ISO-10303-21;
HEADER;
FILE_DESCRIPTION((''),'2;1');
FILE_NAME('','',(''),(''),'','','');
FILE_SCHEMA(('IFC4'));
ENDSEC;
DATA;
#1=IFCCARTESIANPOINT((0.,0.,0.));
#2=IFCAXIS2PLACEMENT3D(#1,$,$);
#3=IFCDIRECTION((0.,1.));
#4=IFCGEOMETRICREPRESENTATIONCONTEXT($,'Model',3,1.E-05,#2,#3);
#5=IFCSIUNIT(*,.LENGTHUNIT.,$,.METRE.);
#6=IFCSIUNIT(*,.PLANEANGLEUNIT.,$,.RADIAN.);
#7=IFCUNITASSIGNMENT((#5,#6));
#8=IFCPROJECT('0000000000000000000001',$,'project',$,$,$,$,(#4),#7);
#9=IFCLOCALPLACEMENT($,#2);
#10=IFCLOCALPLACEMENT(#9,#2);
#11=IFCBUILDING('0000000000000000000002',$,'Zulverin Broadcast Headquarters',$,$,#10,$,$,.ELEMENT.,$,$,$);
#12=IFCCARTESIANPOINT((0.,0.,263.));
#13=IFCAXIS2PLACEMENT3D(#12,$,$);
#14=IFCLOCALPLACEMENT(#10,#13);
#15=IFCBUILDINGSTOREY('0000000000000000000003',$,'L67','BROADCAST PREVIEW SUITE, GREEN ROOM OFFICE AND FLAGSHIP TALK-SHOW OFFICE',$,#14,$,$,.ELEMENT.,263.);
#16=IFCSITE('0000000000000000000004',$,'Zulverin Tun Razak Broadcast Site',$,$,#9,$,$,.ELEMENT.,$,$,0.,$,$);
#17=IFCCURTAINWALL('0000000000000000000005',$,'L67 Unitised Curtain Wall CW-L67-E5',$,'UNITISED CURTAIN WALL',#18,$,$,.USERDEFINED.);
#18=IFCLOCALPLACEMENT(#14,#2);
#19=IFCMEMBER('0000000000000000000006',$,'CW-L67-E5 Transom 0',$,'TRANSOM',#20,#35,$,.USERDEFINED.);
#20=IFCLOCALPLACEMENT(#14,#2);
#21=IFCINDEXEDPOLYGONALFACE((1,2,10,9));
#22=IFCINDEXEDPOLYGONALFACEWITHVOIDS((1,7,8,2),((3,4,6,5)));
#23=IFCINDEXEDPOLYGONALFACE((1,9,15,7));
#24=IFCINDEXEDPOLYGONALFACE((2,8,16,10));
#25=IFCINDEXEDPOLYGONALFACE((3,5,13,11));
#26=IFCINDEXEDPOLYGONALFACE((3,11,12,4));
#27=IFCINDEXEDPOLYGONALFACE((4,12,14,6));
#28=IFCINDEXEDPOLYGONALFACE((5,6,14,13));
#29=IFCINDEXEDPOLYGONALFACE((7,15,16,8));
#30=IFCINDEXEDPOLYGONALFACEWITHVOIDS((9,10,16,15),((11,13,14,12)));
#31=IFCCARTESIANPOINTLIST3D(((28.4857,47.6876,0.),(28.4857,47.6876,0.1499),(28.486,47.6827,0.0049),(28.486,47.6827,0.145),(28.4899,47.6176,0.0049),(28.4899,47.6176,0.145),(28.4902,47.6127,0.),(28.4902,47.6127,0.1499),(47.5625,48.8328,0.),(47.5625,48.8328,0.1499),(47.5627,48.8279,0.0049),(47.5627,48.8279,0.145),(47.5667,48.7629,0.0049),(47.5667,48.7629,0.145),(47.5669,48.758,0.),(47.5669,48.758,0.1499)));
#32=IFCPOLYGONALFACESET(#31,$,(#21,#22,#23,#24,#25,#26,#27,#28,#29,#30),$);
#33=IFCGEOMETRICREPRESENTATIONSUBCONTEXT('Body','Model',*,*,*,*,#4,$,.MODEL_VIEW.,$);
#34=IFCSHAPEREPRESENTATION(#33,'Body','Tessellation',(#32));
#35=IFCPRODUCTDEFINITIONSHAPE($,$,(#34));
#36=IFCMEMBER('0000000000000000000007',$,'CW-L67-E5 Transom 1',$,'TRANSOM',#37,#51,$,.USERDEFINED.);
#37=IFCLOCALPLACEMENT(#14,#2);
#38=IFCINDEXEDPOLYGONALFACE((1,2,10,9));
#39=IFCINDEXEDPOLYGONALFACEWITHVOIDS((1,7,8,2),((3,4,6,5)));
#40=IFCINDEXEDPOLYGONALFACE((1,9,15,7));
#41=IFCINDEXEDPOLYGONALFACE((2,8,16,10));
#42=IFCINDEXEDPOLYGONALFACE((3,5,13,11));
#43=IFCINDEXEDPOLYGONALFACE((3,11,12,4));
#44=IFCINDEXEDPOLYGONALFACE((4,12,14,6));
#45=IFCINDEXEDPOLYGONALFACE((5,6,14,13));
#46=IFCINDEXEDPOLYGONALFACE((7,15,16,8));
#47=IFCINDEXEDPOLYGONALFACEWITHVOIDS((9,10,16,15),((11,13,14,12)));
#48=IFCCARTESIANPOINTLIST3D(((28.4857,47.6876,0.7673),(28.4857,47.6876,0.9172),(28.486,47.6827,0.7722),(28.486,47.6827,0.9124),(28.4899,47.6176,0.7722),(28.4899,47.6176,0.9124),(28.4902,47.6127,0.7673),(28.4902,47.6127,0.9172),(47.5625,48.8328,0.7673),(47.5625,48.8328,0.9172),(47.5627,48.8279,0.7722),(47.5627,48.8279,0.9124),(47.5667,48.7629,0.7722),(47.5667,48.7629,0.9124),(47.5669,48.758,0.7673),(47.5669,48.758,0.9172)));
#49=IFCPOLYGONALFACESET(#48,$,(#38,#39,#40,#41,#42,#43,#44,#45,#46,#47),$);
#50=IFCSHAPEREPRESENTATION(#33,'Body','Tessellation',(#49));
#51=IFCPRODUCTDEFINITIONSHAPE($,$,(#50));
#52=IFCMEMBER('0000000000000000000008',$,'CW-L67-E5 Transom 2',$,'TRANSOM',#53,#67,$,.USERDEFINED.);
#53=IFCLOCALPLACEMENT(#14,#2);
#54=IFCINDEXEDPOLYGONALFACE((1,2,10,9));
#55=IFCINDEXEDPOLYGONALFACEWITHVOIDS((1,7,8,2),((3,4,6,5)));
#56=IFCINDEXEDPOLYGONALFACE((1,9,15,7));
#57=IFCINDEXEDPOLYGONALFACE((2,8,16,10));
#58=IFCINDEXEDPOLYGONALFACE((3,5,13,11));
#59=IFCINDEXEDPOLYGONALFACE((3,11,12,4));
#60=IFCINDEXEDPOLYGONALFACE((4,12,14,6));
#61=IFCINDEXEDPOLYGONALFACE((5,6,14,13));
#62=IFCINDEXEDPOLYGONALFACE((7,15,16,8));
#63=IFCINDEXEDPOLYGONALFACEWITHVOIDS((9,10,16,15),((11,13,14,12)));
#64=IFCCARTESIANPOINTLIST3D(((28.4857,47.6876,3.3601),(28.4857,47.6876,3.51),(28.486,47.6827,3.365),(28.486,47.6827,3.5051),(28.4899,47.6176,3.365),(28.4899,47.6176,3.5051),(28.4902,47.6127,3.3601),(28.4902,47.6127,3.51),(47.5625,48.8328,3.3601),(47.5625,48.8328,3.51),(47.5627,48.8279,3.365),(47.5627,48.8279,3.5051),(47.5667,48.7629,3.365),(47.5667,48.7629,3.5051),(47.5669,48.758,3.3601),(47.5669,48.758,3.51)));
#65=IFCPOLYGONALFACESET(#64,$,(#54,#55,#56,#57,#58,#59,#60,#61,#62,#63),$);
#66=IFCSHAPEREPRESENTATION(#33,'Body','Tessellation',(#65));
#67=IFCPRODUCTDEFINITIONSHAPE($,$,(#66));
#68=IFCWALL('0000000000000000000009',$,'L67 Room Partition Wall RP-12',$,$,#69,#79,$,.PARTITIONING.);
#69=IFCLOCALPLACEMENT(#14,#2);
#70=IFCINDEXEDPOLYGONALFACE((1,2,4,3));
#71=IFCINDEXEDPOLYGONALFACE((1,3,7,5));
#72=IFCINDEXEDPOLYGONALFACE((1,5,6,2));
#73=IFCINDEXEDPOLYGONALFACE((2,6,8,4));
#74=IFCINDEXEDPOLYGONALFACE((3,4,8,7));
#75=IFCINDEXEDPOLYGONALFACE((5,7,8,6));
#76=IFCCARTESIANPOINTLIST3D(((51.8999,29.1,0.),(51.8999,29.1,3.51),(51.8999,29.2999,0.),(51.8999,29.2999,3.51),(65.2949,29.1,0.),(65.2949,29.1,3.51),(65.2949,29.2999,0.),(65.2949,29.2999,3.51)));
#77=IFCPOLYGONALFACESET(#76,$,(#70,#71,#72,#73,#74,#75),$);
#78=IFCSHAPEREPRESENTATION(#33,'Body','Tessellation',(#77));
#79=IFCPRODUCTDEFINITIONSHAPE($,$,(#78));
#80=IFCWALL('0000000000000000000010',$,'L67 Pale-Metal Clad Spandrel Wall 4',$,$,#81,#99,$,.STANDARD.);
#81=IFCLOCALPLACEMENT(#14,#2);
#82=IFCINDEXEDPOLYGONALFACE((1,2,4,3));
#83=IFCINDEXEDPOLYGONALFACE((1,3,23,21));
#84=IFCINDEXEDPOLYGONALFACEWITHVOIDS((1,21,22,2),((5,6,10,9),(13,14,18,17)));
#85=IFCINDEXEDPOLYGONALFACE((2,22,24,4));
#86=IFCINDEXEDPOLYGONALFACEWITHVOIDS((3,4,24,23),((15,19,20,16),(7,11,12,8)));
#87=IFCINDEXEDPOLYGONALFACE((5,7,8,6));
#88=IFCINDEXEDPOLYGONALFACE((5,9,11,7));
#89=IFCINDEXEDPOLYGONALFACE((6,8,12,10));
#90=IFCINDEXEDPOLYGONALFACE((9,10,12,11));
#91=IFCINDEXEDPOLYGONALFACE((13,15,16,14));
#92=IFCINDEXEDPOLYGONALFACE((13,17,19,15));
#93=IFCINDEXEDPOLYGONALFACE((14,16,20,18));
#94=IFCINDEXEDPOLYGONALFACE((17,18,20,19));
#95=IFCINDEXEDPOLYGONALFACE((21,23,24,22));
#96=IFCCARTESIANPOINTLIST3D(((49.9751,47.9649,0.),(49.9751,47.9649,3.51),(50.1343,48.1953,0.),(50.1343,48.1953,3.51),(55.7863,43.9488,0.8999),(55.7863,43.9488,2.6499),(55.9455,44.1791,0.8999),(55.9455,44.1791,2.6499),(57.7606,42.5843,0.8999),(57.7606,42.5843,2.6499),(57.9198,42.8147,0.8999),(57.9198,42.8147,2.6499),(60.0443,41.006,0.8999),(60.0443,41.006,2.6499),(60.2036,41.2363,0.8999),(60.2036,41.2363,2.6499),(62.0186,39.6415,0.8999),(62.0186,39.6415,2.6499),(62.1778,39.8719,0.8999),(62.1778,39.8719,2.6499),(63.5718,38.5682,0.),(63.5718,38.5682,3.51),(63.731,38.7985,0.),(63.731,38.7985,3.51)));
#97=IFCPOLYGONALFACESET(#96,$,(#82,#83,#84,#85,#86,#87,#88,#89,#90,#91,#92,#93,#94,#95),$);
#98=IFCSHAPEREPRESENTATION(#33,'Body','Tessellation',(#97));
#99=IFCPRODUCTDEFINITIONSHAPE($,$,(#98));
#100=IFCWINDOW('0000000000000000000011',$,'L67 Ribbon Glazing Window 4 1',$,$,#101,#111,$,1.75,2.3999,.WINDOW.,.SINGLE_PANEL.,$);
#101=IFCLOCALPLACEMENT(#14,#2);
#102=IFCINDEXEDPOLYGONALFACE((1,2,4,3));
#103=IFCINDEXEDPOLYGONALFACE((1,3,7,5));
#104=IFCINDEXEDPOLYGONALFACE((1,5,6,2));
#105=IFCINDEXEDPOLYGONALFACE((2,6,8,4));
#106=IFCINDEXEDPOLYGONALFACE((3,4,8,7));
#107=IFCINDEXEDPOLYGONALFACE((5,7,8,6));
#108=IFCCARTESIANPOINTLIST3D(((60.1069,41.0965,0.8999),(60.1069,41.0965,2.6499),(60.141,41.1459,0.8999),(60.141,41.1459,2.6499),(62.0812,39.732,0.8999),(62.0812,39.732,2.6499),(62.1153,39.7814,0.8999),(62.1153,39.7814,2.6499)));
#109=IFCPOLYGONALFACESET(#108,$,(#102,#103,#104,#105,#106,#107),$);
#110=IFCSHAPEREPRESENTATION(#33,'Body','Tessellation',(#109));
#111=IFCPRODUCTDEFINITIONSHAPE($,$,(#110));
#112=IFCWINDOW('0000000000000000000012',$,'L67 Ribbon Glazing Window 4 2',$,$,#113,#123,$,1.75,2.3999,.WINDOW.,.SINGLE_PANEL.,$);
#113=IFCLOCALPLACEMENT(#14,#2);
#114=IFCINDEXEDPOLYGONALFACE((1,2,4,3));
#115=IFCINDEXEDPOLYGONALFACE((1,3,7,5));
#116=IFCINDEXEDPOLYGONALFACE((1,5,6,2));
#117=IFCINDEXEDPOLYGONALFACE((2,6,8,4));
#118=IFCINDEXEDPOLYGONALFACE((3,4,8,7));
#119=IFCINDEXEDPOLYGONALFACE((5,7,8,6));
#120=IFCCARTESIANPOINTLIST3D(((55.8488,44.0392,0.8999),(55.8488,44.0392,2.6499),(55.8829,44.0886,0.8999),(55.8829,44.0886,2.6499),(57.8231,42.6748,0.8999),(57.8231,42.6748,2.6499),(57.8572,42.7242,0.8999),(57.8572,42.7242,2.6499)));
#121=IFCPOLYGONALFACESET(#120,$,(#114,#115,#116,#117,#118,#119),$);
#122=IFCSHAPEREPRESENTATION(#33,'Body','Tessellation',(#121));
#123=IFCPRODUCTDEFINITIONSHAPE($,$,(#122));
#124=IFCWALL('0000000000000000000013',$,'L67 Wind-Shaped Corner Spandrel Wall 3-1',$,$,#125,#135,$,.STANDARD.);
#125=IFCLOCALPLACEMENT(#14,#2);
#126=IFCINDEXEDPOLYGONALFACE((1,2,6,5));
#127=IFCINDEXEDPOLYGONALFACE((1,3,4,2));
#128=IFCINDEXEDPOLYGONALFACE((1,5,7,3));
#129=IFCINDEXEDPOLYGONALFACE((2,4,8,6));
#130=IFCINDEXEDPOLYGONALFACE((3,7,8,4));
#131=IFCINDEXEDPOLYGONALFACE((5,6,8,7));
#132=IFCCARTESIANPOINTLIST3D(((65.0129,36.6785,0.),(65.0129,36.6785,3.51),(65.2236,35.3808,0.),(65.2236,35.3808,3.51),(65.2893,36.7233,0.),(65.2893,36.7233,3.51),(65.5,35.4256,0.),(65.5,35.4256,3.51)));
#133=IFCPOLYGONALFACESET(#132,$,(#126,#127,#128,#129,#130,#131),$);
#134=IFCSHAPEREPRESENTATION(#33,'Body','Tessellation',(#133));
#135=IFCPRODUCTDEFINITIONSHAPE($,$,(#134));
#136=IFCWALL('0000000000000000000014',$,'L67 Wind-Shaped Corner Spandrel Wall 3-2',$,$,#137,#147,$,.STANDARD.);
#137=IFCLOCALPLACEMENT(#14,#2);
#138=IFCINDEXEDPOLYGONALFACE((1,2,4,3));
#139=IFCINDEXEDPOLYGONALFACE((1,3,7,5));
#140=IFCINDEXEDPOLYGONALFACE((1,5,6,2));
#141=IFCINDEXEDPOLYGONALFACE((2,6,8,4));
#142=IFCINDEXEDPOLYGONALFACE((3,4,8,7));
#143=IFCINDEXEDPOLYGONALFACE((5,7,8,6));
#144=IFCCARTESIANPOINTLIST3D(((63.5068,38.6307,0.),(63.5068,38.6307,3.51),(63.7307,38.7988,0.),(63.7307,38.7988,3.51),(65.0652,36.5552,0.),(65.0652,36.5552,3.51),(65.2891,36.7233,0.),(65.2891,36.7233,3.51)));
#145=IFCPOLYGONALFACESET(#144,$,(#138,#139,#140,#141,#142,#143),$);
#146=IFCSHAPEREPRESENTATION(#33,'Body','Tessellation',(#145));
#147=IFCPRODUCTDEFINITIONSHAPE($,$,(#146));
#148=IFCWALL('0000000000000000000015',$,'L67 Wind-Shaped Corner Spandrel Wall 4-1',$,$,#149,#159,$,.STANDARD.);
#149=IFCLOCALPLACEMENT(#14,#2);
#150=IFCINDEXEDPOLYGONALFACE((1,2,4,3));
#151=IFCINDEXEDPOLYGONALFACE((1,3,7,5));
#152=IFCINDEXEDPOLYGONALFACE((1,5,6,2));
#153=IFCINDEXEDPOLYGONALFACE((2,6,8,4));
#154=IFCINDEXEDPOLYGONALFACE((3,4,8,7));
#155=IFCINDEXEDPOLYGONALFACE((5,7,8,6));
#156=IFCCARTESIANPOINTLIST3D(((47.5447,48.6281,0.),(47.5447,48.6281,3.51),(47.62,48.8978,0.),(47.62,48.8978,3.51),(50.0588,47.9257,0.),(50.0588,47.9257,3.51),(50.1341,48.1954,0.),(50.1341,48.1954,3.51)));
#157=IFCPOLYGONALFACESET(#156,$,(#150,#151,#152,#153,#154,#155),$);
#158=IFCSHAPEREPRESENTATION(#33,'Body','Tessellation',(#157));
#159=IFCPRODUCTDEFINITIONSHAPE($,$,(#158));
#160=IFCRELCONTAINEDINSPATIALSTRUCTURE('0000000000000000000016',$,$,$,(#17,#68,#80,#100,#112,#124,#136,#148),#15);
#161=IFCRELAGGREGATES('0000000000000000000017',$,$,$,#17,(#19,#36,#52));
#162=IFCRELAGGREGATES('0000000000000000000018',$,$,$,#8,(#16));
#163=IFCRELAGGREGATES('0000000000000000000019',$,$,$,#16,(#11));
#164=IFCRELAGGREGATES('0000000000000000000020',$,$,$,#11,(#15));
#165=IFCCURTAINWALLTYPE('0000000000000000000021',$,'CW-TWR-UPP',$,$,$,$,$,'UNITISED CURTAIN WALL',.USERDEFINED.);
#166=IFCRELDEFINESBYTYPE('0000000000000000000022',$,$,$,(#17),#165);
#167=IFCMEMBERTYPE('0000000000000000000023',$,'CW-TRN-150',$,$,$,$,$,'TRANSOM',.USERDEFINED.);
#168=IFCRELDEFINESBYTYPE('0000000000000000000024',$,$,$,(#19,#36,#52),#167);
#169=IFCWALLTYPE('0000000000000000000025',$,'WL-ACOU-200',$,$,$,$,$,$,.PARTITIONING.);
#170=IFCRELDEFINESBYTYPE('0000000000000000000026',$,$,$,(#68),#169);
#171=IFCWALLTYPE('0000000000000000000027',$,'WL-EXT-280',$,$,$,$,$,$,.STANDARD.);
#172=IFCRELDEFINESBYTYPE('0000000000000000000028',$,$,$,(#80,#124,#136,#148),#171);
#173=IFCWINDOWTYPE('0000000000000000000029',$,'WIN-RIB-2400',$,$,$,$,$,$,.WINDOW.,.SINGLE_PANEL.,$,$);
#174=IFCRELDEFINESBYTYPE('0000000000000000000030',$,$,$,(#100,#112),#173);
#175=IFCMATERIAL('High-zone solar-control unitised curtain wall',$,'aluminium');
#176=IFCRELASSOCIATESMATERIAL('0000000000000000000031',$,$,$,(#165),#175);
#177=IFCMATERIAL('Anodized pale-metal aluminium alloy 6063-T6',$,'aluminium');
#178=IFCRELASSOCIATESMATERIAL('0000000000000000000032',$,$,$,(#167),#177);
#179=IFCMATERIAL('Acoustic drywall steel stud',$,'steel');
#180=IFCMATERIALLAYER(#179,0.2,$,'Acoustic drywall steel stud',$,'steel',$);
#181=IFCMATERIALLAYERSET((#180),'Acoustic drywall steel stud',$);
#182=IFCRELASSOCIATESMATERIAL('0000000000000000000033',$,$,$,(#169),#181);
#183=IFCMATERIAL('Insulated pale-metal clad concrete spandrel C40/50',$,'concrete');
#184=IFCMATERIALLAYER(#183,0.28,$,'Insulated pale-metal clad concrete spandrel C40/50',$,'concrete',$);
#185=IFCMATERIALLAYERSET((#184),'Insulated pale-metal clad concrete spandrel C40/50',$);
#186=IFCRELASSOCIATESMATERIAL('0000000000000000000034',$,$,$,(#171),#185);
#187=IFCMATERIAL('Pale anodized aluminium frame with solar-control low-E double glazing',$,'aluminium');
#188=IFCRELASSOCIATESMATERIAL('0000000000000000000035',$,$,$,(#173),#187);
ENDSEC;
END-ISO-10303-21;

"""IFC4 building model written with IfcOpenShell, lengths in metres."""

from ifc_helpers import new_model, si_unit, direction, frame, frame_2d, origin, origin_2d, place, context, subcontext, project, spatial, rectangle, hollow_rectangle, extrude, material, layer, layer_set, material_profile, profile_set, type_object, element, fill, aggregate, save


model = new_model("IFC4")

# Units and contexts
model_context = context("Model", 3, precision=1e-05, world=origin(), true_north=direction((0.0, 1.0)))
body_context = subcontext(model_context, "Body", "Model", "MODEL_VIEW")
ifc_project = project(units=[si_unit("LENGTHUNIT", "METRE"), si_unit("PLANEANGLEUNIT", "RADIAN")], contexts=[model_context])

# Site, building, storey
site_placement = place(None, origin())
site = spatial("IfcSite", under=ifc_project, at=site_placement, Name="Zulverin Tun Razak Broadcast Site", CompositionType="ELEMENT", RefElevation=0.0)
building_placement = place(site_placement, origin())
building = spatial("IfcBuilding", under=site, at=building_placement, Name="Zulverin Broadcast Headquarters", CompositionType="ELEMENT")
storey_placement = place(building_placement, frame((0.0, 0.0, 263.0)))
storey = spatial("IfcBuildingStorey", under=building, at=storey_placement, Name="L67", Description="BROADCAST PREVIEW SUITE, GREEN ROOM OFFICE AND FLAGSHIP TALK-SHOW OFFICE", CompositionType="ELEMENT", Elevation=263.0)

# Curtain wall, members
ifc_material_1 = material(Name="High-zone solar-control unitised curtain wall", Category="aluminium")
curtain_wall_type = type_object("IfcCurtainWallType", Name="CW-TWR-UPP", ElementType="UNITISED CURTAIN WALL", PredefinedType="USERDEFINED", material=ifc_material_1)
curtain_wall_placement = place(storey_placement, origin())
curtain_wall = element("IfcCurtainWall", 1, at=curtain_wall_placement, inside=storey, type_object=curtain_wall_type, Name="L67 Unitised Curtain Wall CW-L67-E5", ObjectType="UNITISED CURTAIN WALL", PredefinedType="USERDEFINED")
ifc_material_2 = material(Name="Anodized pale-metal aluminium alloy 6063-T6", Category="aluminium")
ifc_material_profile_1 = material_profile(ifc_material_2, hollow_rectangle(XDim=0.075, YDim=0.1499, WallThickness=0.0049, at=origin_2d()), Name="Anodized pale-metal aluminium alloy 6063-T6", Category="aluminium")
ifc_profile_set_1 = profile_set([ifc_material_profile_1], Name="Anodized pale-metal aluminium alloy 6063-T6")
member_type_1 = type_object("IfcMemberType", Name="CW-TRN-150", ElementType="TRANSOM", PredefinedType="USERDEFINED", material=ifc_profile_set_1)
member_1_placement = place(storey_placement, frame((47.5647, 48.7954, 0.075), z_axis=(-0.998203, -0.059927, 0.0), x_axis=(0.059927, -0.998203, 0.0)))
member_1 = element("IfcMember", 2, at=member_1_placement, type_object=member_type_1, Name="CW-L67-E5 Transom 0", ObjectType="TRANSOM", PredefinedType="USERDEFINED", context=body_context, shape_type="SweptSolid", body=[
    extrude(hollow_rectangle(XDim=0.075, YDim=0.1499, WallThickness=0.0049, at=origin_2d()), origin(), (0.0, 0.0, 1.0), 19.1111),
])
member_2_placement = place(storey_placement, frame((47.5647, 48.7954, 0.8423), z_axis=(-0.998203, -0.059927, 0.0), x_axis=(0.059927, -0.998203, 0.0)))
member_2 = element("IfcMember", 3, at=member_2_placement, type_object=member_type_1, Name="CW-L67-E5 Transom 1", ObjectType="TRANSOM", PredefinedType="USERDEFINED", context=body_context, shape_type="SweptSolid", body=[
    extrude(hollow_rectangle(XDim=0.075, YDim=0.1499, WallThickness=0.0049, at=origin_2d()), origin(), (0.0, 0.0, 1.0), 19.1111),
])
member_3_placement = place(storey_placement, frame((47.5647, 48.7954, 3.4351), z_axis=(-0.998203, -0.059927, 0.0), x_axis=(0.059927, -0.998203, 0.0)))
member_3 = element("IfcMember", 4, at=member_3_placement, type_object=member_type_1, Name="CW-L67-E5 Transom 2", ObjectType="TRANSOM", PredefinedType="USERDEFINED", context=body_context, shape_type="SweptSolid", body=[
    extrude(hollow_rectangle(XDim=0.075, YDim=0.1499, WallThickness=0.0049, at=origin_2d()), origin(), (0.0, 0.0, 1.0), 19.1111),
])
aggregate(curtain_wall, [member_1, member_2, member_3])

# Wall
ifc_material_3 = material(Name="Acoustic drywall steel stud", Category="steel")
ifc_layer_1 = layer(ifc_material_3, 0.2, Name="Acoustic drywall steel stud", Category="steel")
ifc_layer_set_1 = layer_set([ifc_layer_1], Name="Acoustic drywall steel stud")
wall_type_1 = type_object("IfcWallType", Name="WL-ACOU-200", PredefinedType="PARTITIONING", material=ifc_layer_set_1)
wall_1_placement = place(storey_placement, frame((51.8999, 29.2, 0.0), z_axis=(0.0, 0.0, 1.0), x_axis=(1.0, 0.0, 0.0)))
element("IfcWall", 5, at=wall_1_placement, inside=storey, type_object=wall_type_1, Name="L67 Room Partition Wall RP-12", PredefinedType="PARTITIONING", context=body_context, shape_type="SweptSolid", body=[
    extrude(rectangle(XDim=13.395, YDim=0.2, at=frame_2d((6.6975, 0.0))), origin(), (0.0, 0.0, 1.0), 3.51),
])

# Wall, openings, windows
ifc_material_4 = material(Name="Insulated pale-metal clad concrete spandrel C40/50", Category="concrete")
ifc_layer_2 = layer(ifc_material_4, 0.28, Name="Insulated pale-metal clad concrete spandrel C40/50", Category="concrete")
ifc_layer_set_2 = layer_set([ifc_layer_2], Name="Insulated pale-metal clad concrete spandrel C40/50")
wall_type_2 = type_object("IfcWallType", Name="WL-EXT-280", PredefinedType="STANDARD", material=ifc_layer_set_2)
wall_2_placement = place(storey_placement, frame((63.6514, 38.6833, 0.0), z_axis=(0.0, 0.0, 1.0), x_axis=(-0.822655, 0.568541, 0.0)))
wall_2 = element("IfcWall", 6, at=wall_2_placement, inside=storey, type_object=wall_type_2, Name="L67 Pale-Metal Clad Spandrel Wall 4", PredefinedType="STANDARD", context=body_context, shape_type="SweptSolid", body=[
    extrude(rectangle(XDim=16.5278, YDim=0.28, at=frame_2d((8.2639, 0.0))), origin(), (0.0, 0.0, 1.0), 3.51),
])
opening_1_placement = place(wall_2_placement, frame((1.8879, 0.0, 0.8999)))
opening_1 = element("IfcOpeningElement", 7, at=opening_1_placement, cuts=wall_2, PredefinedType="OPENING", context=body_context, shape_type="SweptSolid", body=[
    extrude(rectangle(XDim=2.3999, YDim=1.75, at=frame_2d((1.2, 0.875))), frame((0.0, 0.1499, 0.0), z_axis=(0.0, -1.0, 0.0), x_axis=(1.0, 0.0, 0.0)), (0.0, 0.0, 1.0), 0.3),
])
opening_2_placement = place(wall_2_placement, frame((7.064, 0.0, 0.8999)))
opening_2 = element("IfcOpeningElement", 8, at=opening_2_placement, cuts=wall_2, PredefinedType="OPENING", context=body_context, shape_type="SweptSolid", body=[
    extrude(rectangle(XDim=2.3999, YDim=1.75, at=frame_2d((1.2, 0.875))), frame((0.0, 0.1499, 0.0), z_axis=(0.0, -1.0, 0.0), x_axis=(1.0, 0.0, 0.0)), (0.0, 0.0, 1.0), 0.3),
])
ifc_material_5 = material(Name="Pale anodized aluminium frame with solar-control low-E double glazing", Category="aluminium")
window_type = type_object("IfcWindowType", Name="WIN-RIB-2400", PartitioningType="SINGLE_PANEL", PredefinedType="WINDOW", material=ifc_material_5)
window_1_placement = place(opening_1_placement, origin())
window_1 = element("IfcWindow", 9, at=window_1_placement, inside=storey, type_object=window_type, Name="L67 Ribbon Glazing Window 4 1", OverallHeight=1.75, OverallWidth=2.3999, PartitioningType="SINGLE_PANEL", PredefinedType="WINDOW", context=body_context, shape_type="SweptSolid", body=[
    extrude(rectangle(XDim=2.3999, YDim=1.75, at=frame_2d((1.2, 0.875))), frame((0.0, 0.03, 0.0), z_axis=(0.0, -1.0, 0.0), x_axis=(1.0, 0.0, 0.0)), (0.0, 0.0, 1.0), 0.0601),
])
fill(opening_1, window_1)
window_2_placement = place(opening_2_placement, origin())
window_2 = element("IfcWindow", 10, at=window_2_placement, inside=storey, type_object=window_type, Name="L67 Ribbon Glazing Window 4 2", OverallHeight=1.75, OverallWidth=2.3999, PartitioningType="SINGLE_PANEL", PredefinedType="WINDOW", context=body_context, shape_type="SweptSolid", body=[
    extrude(rectangle(XDim=2.3999, YDim=1.75, at=frame_2d((1.2, 0.875))), frame((0.0, 0.03, 0.0), z_axis=(0.0, -1.0, 0.0), x_axis=(1.0, 0.0, 0.0)), (0.0, 0.0, 1.0), 0.0601),
])
fill(opening_2, window_2)

# Walls
wall_3_placement = place(storey_placement, frame((65.3618, 35.4033, 0.0), z_axis=(0.0, 0.0, 1.0), x_axis=(-0.160272, 0.987073, 0.0)))
element("IfcWall", 11, at=wall_3_placement, inside=storey, type_object=wall_type_2, Name="L67 Wind-Shaped Corner Spandrel Wall 3-1", PredefinedType="STANDARD", context=body_context, shape_type="SweptSolid", body=[
    extrude(rectangle(XDim=1.3147, YDim=0.28, at=frame_2d((0.6572, 0.0))), origin(), (0.0, 0.0, 1.0), 3.51),
])
wall_4_placement = place(storey_placement, frame((65.1772, 36.6392, 0.0), z_axis=(0.0, 0.0, 1.0), x_axis=(-0.600436, 0.799673, 0.0)))
element("IfcWall", 12, at=wall_4_placement, inside=storey, type_object=wall_type_2, Name="L67 Wind-Shaped Corner Spandrel Wall 3-2", PredefinedType="STANDARD", context=body_context, shape_type="SweptSolid", body=[
    extrude(rectangle(XDim=2.5955, YDim=0.28, at=frame_2d((1.2979, 0.0))), origin(), (0.0, 0.0, 1.0), 3.51),
])
wall_5_placement = place(storey_placement, frame((50.0964, 48.0605, 0.0), z_axis=(0.0, 0.0, 1.0), x_axis=(-0.96312, 0.269071, 0.0)))
element("IfcWall", 13, at=wall_5_placement, inside=storey, type_object=wall_type_2, Name="L67 Wind-Shaped Corner Spandrel Wall 4-1", PredefinedType="STANDARD", context=body_context, shape_type="SweptSolid", body=[
    extrude(rectangle(XDim=2.6104, YDim=0.28, at=frame_2d((1.3052, 0.0))), origin(), (0.0, 0.0, 1.0), 3.51),
])

save(model, "model.ifc")
